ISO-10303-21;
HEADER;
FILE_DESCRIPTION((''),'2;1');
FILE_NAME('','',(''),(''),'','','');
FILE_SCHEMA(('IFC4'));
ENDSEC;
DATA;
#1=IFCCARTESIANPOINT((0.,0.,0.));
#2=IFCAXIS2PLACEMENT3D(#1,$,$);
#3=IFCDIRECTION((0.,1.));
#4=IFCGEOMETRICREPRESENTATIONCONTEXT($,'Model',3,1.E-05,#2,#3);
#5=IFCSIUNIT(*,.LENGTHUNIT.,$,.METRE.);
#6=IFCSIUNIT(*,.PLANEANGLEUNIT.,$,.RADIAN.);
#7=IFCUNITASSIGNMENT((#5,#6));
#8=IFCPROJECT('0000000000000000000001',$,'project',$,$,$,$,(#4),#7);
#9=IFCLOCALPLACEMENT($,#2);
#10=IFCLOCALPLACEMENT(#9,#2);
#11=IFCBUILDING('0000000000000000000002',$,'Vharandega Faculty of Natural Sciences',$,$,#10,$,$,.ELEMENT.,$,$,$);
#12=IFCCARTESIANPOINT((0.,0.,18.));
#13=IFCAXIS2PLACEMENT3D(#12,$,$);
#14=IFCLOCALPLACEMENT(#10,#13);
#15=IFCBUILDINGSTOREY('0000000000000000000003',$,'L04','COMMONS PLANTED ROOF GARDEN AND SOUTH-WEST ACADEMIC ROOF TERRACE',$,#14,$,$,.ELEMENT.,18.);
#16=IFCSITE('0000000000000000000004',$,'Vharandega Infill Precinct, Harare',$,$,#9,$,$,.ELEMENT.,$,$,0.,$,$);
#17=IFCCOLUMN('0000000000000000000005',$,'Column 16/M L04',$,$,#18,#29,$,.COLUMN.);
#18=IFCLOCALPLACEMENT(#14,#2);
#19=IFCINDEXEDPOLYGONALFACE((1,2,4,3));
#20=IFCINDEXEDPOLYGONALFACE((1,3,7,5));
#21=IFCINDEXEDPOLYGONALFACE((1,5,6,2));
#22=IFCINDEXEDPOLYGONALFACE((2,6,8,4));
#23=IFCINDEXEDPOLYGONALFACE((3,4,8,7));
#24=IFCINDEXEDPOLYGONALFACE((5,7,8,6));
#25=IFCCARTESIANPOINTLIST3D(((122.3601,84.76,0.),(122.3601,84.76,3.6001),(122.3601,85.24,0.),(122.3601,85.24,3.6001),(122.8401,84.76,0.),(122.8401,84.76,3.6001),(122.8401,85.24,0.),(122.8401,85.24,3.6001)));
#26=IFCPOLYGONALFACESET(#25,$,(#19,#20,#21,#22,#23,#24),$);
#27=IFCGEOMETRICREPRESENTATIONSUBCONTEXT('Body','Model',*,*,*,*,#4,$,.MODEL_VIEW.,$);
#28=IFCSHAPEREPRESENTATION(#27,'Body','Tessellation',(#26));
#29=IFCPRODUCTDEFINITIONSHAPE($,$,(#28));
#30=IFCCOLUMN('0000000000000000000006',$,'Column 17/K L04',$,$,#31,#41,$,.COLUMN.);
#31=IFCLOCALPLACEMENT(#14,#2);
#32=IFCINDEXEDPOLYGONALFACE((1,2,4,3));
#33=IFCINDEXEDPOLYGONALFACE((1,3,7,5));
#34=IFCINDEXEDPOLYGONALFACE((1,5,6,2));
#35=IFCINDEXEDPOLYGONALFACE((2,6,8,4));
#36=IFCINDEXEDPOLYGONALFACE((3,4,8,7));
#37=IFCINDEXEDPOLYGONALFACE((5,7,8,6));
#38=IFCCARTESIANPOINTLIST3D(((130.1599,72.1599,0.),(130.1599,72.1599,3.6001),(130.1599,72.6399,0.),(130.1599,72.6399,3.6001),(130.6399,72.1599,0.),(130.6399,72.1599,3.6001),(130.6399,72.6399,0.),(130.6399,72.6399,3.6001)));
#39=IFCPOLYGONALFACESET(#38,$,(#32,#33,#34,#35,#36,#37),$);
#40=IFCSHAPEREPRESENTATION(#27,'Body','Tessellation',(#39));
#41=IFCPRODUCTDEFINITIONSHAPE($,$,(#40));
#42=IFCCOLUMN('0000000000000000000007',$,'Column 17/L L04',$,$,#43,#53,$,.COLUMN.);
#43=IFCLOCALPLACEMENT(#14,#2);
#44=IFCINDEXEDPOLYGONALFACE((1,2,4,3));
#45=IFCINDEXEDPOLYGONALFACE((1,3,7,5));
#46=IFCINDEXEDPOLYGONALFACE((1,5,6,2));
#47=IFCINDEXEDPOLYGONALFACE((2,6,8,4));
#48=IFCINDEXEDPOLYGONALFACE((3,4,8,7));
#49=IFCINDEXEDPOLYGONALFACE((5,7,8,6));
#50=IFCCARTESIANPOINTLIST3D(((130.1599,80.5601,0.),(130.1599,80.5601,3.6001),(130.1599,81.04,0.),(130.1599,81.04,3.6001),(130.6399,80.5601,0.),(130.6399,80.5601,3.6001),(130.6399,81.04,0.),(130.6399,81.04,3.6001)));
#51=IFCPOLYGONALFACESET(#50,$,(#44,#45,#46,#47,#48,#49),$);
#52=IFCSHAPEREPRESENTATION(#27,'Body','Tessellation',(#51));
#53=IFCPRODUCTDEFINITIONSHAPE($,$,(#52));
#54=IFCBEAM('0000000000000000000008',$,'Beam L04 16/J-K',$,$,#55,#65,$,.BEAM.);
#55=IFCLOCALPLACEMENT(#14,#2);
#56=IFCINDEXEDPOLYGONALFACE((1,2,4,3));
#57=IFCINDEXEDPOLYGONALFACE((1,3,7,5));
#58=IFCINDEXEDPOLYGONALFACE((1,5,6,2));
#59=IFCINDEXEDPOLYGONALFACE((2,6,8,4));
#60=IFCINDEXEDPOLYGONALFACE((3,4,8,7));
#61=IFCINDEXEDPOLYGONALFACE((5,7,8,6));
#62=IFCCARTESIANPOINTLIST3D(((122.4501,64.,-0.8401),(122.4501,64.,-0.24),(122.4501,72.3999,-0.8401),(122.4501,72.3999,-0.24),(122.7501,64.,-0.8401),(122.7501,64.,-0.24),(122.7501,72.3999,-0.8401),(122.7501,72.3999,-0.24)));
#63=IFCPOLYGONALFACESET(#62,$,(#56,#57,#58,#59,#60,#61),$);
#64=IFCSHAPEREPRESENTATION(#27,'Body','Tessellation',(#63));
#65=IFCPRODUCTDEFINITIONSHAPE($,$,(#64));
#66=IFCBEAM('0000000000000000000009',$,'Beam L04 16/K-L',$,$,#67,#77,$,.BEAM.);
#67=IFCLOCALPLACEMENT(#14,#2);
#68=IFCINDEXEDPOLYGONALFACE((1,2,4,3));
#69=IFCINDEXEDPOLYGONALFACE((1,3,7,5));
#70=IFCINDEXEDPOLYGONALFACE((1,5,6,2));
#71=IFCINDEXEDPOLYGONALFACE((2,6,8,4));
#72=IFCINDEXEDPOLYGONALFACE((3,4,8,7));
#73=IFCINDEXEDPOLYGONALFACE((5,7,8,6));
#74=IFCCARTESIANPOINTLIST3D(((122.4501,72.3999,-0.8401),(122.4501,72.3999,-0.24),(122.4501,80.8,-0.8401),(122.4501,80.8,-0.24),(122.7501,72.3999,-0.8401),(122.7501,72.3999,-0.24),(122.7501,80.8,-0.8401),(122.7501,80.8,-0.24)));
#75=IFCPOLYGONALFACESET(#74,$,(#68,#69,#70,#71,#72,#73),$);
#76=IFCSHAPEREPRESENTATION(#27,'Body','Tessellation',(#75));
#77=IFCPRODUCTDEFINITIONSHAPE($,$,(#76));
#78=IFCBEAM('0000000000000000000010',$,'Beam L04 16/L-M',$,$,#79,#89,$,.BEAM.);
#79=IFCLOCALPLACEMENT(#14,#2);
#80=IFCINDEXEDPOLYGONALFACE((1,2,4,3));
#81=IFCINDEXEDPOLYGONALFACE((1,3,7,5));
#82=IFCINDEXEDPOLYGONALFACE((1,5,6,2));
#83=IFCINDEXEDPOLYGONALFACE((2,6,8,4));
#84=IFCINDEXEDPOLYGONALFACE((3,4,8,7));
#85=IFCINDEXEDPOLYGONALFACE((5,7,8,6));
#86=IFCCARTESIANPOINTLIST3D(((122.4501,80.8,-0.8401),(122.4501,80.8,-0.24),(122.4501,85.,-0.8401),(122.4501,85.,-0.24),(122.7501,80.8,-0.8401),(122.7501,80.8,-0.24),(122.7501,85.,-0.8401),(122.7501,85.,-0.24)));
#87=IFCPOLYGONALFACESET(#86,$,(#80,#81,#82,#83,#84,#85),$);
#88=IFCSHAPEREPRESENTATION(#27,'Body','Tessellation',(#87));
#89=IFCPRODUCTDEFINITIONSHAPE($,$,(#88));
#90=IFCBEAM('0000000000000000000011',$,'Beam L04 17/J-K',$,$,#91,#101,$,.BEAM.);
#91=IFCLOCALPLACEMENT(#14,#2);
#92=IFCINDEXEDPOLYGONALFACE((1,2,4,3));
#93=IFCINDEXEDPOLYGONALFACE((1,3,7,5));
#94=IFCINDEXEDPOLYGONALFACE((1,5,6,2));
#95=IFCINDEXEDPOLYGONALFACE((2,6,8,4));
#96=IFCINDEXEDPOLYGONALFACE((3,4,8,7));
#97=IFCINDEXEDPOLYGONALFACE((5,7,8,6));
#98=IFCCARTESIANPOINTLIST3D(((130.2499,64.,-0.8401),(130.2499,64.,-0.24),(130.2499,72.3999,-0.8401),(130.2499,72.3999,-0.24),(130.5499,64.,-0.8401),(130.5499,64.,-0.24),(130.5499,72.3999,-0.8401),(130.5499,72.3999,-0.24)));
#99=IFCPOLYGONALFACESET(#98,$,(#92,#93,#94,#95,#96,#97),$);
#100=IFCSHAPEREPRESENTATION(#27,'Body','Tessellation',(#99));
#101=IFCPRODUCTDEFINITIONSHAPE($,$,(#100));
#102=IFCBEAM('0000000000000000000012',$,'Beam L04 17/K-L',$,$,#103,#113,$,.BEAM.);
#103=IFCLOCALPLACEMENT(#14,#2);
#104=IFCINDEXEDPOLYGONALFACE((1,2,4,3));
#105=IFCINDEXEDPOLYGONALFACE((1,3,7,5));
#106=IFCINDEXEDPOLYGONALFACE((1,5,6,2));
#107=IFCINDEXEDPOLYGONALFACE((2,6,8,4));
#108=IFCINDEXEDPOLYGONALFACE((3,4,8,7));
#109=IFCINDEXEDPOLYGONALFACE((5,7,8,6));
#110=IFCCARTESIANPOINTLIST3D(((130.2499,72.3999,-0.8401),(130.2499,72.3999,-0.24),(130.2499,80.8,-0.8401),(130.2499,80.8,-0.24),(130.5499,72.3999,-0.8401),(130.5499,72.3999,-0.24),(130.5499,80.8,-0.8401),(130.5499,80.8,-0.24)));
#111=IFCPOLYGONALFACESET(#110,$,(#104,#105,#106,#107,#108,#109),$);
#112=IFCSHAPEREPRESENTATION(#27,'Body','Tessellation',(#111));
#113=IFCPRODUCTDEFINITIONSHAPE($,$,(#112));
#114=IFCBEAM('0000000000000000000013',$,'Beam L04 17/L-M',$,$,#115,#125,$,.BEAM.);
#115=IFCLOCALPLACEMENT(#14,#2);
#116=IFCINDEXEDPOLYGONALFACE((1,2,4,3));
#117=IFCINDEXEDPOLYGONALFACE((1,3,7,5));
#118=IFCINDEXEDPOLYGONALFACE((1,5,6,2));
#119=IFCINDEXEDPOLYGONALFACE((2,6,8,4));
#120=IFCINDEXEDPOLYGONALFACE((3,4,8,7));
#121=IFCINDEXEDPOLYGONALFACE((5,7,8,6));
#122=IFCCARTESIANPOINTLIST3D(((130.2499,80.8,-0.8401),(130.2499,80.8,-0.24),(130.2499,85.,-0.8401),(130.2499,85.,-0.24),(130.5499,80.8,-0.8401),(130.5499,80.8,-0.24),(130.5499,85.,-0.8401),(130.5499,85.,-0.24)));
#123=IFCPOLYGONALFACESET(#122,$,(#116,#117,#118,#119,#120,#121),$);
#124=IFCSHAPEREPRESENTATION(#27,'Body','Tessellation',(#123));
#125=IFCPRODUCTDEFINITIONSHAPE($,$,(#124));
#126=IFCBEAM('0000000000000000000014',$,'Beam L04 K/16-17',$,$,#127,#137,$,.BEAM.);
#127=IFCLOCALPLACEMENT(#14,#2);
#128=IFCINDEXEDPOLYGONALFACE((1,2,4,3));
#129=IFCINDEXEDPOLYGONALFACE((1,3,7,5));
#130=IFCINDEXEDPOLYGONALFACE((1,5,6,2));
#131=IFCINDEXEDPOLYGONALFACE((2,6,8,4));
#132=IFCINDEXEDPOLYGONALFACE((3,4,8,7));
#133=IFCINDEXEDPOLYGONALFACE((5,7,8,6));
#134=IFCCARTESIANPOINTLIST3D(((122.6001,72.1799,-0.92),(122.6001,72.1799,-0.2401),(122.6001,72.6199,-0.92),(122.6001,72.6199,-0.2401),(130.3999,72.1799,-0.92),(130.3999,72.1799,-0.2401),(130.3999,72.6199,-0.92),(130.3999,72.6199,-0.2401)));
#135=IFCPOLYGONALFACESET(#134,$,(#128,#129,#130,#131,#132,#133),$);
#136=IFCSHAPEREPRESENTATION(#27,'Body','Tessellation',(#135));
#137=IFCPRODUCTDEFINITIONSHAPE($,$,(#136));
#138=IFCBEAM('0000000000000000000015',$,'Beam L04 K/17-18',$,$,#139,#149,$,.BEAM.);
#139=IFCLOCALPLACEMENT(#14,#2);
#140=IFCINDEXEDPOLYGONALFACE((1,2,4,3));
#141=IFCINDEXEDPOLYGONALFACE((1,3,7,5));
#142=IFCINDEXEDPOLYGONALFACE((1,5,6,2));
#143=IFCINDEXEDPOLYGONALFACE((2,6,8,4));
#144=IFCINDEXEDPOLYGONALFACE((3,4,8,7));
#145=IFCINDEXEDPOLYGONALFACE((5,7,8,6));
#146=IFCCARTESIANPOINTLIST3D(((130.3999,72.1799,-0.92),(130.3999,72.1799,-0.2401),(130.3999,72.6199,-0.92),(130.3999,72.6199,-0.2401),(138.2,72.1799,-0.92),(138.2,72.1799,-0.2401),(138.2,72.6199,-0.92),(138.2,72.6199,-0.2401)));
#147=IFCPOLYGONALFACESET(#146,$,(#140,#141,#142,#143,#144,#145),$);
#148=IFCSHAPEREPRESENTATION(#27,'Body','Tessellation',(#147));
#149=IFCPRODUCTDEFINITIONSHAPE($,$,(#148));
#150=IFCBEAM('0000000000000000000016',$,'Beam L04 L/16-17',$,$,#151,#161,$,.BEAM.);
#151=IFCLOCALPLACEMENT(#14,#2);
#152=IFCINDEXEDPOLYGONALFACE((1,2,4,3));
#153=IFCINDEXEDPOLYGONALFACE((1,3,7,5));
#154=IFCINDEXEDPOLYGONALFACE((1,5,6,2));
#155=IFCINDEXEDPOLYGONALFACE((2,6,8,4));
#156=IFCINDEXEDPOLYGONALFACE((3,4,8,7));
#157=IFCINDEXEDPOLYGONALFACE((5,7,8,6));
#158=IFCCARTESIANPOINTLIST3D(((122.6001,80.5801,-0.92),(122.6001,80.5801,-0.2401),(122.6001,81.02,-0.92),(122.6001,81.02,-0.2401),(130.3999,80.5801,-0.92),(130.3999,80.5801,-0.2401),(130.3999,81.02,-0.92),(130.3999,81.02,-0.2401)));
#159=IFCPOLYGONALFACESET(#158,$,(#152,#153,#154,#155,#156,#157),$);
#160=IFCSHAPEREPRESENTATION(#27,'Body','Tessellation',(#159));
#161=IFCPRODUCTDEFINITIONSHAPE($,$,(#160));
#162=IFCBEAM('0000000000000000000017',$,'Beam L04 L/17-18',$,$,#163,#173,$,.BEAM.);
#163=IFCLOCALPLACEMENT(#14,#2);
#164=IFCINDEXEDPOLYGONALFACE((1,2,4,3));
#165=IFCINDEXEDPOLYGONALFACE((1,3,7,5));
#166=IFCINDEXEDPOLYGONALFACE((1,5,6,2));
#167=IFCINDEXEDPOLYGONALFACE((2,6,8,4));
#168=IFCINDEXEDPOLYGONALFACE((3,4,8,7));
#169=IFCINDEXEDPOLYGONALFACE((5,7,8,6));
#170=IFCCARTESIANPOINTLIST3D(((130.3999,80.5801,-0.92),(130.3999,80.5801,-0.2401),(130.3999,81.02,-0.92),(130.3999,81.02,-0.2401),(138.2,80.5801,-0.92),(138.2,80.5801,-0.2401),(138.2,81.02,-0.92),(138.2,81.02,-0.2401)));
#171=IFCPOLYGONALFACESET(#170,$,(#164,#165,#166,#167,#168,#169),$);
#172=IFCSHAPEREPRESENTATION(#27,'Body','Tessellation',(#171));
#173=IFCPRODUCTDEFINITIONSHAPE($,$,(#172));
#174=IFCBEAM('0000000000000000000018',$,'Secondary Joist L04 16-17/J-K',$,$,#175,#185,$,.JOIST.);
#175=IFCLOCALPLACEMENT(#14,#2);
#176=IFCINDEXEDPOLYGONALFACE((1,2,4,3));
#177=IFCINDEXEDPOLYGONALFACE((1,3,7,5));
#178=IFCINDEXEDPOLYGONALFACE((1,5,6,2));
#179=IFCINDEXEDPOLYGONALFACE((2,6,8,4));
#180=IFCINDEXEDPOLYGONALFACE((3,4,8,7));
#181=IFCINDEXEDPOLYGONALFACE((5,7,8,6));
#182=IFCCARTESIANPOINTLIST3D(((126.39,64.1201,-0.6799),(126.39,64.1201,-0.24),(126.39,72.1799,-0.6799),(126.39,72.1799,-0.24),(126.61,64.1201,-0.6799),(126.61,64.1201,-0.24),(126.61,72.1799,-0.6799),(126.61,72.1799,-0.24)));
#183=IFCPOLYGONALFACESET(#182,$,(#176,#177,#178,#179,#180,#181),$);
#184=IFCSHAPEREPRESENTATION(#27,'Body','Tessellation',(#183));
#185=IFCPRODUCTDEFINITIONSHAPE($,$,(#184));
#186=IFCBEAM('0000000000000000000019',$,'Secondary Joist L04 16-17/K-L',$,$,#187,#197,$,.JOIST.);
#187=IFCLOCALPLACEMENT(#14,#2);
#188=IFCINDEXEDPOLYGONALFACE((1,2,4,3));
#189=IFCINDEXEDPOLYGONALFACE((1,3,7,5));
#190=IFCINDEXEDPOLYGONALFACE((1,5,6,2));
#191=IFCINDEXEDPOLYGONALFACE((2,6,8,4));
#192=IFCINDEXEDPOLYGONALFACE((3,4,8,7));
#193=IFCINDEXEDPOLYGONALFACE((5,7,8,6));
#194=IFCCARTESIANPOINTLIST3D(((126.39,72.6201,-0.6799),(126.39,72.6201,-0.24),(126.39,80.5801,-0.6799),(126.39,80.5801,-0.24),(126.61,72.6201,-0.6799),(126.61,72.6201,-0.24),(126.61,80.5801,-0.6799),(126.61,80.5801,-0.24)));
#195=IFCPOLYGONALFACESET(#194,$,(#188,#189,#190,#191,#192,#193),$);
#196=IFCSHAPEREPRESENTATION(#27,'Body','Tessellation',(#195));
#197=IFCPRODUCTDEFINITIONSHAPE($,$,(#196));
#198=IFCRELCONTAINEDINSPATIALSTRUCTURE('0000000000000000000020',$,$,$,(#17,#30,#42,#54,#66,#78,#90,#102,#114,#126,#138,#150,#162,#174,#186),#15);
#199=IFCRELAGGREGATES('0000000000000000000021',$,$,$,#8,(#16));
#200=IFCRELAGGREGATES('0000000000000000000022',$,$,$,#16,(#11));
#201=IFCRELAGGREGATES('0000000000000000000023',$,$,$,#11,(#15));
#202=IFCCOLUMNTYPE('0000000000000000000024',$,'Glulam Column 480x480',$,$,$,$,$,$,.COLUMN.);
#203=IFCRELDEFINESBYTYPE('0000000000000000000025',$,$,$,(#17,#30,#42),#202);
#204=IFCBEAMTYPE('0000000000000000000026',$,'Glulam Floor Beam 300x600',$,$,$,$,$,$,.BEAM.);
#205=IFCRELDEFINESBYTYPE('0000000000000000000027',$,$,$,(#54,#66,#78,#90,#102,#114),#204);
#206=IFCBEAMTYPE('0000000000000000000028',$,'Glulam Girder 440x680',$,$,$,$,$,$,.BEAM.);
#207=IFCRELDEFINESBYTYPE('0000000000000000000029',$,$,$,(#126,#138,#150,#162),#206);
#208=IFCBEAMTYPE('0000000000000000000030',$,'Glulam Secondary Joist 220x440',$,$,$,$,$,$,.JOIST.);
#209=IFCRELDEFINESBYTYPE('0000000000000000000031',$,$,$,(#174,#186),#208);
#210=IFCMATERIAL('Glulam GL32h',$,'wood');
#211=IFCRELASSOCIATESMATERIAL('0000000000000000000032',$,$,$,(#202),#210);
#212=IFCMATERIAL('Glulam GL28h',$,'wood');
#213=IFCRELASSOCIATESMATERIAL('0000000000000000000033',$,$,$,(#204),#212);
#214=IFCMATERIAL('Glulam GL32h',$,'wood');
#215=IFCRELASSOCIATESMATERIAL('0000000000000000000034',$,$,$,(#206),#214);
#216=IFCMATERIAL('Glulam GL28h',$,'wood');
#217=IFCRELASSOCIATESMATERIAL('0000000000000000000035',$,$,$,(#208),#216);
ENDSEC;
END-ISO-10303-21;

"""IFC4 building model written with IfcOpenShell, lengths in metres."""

from ifc_helpers import new_model, si_unit, direction, frame, origin, origin_2d, place, context, subcontext, project, spatial, rectangle, extrude, material, material_profile, profile_set, type_object, element, save


model = new_model("IFC4")

# Units and contexts
model_context = context("Model", 3, precision=1e-05, world=origin(), true_north=direction((0.0, 1.0)))
body_context = subcontext(model_context, "Body", "Model", "MODEL_VIEW")
ifc_project = project(units=[si_unit("LENGTHUNIT", "METRE"), si_unit("PLANEANGLEUNIT", "RADIAN")], contexts=[model_context])

# Site, building, storey
site_placement = place(None, origin())
site = spatial("IfcSite", under=ifc_project, at=site_placement, Name="Vharandega Infill Precinct, Harare", CompositionType="ELEMENT", RefElevation=0.0)
building_placement = place(site_placement, origin())
building = spatial("IfcBuilding", under=site, at=building_placement, Name="Vharandega Faculty of Natural Sciences", CompositionType="ELEMENT")
storey_placement = place(building_placement, frame((0.0, 0.0, 18.0)))
storey = spatial("IfcBuildingStorey", under=building, at=storey_placement, Name="L04", Description="COMMONS PLANTED ROOF GARDEN AND SOUTH-WEST ACADEMIC ROOF TERRACE", CompositionType="ELEMENT", Elevation=18.0)

# Columns
ifc_material_1 = material(Name="Glulam GL32h", Category="wood")
ifc_material_profile_1 = material_profile(ifc_material_1, rectangle(XDim=0.48, YDim=0.48, at=origin_2d()), Name="GL32h 480x480")
ifc_profile_set_1 = profile_set([ifc_material_profile_1], Name="Glulam GL32h")
column_type = type_object("IfcColumnType", Name="Glulam Column 480x480", PredefinedType="COLUMN", material=ifc_profile_set_1)
for number, where, z_axis, x_axis, name in (
    (1, (122.6001, 85.0, 0.0), (0.0, 0.0, 1.0), (1.0, 0.0, 0.0), "Column 16/M L04"),
    (2, (130.3999, 72.3999, 0.0), (0.0, 0.0, 1.0), (1.0, 0.0, 0.0), "Column 17/K L04"),
    (3, (130.3999, 80.8, 0.0), (0.0, 0.0, 1.0), (1.0, 0.0, 0.0), "Column 17/L L04"),
):
    element("IfcColumn", number, at=place(storey_placement, frame(where, z_axis=z_axis, x_axis=x_axis)), inside=storey, type_object=column_type, Name=name, PredefinedType="COLUMN", context=body_context, shape_type="SweptSolid", body=[
        extrude(rectangle(XDim=0.48, YDim=0.48, at=origin_2d()), origin(), (0.0, 0.0, 1.0), 3.6001),
    ])

# Beams
ifc_material_2 = material(Name="Glulam GL28h", Category="wood")
ifc_material_profile_2 = material_profile(ifc_material_2, rectangle(XDim=0.3, YDim=0.6001, at=origin_2d()), Name="GL28h 300x600")
ifc_profile_set_2 = profile_set([ifc_material_profile_2], Name="Glulam GL28h")
beam_type_1 = type_object("IfcBeamType", Name="Glulam Floor Beam 300x600", PredefinedType="BEAM", material=ifc_profile_set_2)
beam_1_placement = place(storey_placement, frame((122.6001, 64.0, -0.54), z_axis=(0.0, 1.0, 0.0), x_axis=(-1.0, 0.0, 0.0)))
element("IfcBeam", 4, at=beam_1_placement, inside=storey, type_object=beam_type_1, Name="Beam L04 16/J-K", PredefinedType="BEAM", context=body_context, shape_type="SweptSolid", body=[
    extrude(rectangle(XDim=0.3, YDim=0.6001, at=origin_2d()), origin(), (0.0, 0.0, 1.0), 8.3999),
])
beam_2_placement = place(storey_placement, frame((122.6001, 72.3999, -0.54), z_axis=(0.0, 1.0, 0.0), x_axis=(-1.0, 0.0, 0.0)))
element("IfcBeam", 5, at=beam_2_placement, inside=storey, type_object=beam_type_1, Name="Beam L04 16/K-L", PredefinedType="BEAM", context=body_context, shape_type="SweptSolid", body=[
    extrude(rectangle(XDim=0.3, YDim=0.6001, at=origin_2d()), origin(), (0.0, 0.0, 1.0), 8.4001),
])
beam_3_placement = place(storey_placement, frame((122.6001, 80.8, -0.54), z_axis=(0.0, 1.0, 0.0), x_axis=(-1.0, 0.0, 0.0)))
element("IfcBeam", 6, at=beam_3_placement, inside=storey, type_object=beam_type_1, Name="Beam L04 16/L-M", PredefinedType="BEAM", context=body_context, shape_type="SweptSolid", body=[
    extrude(rectangle(XDim=0.3, YDim=0.6001, at=origin_2d()), origin(), (0.0, 0.0, 1.0), 4.2),
])
beam_4_placement = place(storey_placement, frame((130.3999, 64.0, -0.54), z_axis=(0.0, 1.0, 0.0), x_axis=(-1.0, 0.0, 0.0)))
element("IfcBeam", 7, at=beam_4_placement, inside=storey, type_object=beam_type_1, Name="Beam L04 17/J-K", PredefinedType="BEAM", context=body_context, shape_type="SweptSolid", body=[
    extrude(rectangle(XDim=0.3, YDim=0.6001, at=origin_2d()), origin(), (0.0, 0.0, 1.0), 8.3999),
])
beam_5_placement = place(storey_placement, frame((130.3999, 72.3999, -0.54), z_axis=(0.0, 1.0, 0.0), x_axis=(-1.0, 0.0, 0.0)))
element("IfcBeam", 8, at=beam_5_placement, inside=storey, type_object=beam_type_1, Name="Beam L04 17/K-L", PredefinedType="BEAM", context=body_context, shape_type="SweptSolid", body=[
    extrude(rectangle(XDim=0.3, YDim=0.6001, at=origin_2d()), origin(), (0.0, 0.0, 1.0), 8.4001),
])
beam_6_placement = place(storey_placement, frame((130.3999, 80.8, -0.54), z_axis=(0.0, 1.0, 0.0), x_axis=(-1.0, 0.0, 0.0)))
element("IfcBeam", 9, at=beam_6_placement, inside=storey, type_object=beam_type_1, Name="Beam L04 17/L-M", PredefinedType="BEAM", context=body_context, shape_type="SweptSolid", body=[
    extrude(rectangle(XDim=0.3, YDim=0.6001, at=origin_2d()), origin(), (0.0, 0.0, 1.0), 4.2),
])
ifc_material_3 = material(Name="Glulam GL32h", Category="wood")
ifc_material_profile_3 = material_profile(ifc_material_3, rectangle(XDim=0.4399, YDim=0.6799, at=origin_2d()), Name="GL32h 440x680")
ifc_profile_set_3 = profile_set([ifc_material_profile_3], Name="Glulam GL32h")
beam_type_2 = type_object("IfcBeamType", Name="Glulam Girder 440x680", PredefinedType="BEAM", material=ifc_profile_set_3)
beam_7_placement = place(storey_placement, frame((122.6001, 72.3999, -0.5801), z_axis=(1.0, 0.0, 0.0), x_axis=(0.0, 1.0, 0.0)))
element("IfcBeam", 10, at=beam_7_placement, inside=storey, type_object=beam_type_2, Name="Beam L04 K/16-17", PredefinedType="BEAM", context=body_context, shape_type="SweptSolid", body=[
    extrude(rectangle(XDim=0.4399, YDim=0.6799, at=origin_2d()), origin(), (0.0, 0.0, 1.0), 7.7998),
])
beam_8_placement = place(storey_placement, frame((130.3999, 72.3999, -0.5801), z_axis=(1.0, 0.0, 0.0), x_axis=(0.0, 1.0, 0.0)))
element("IfcBeam", 11, at=beam_8_placement, inside=storey, type_object=beam_type_2, Name="Beam L04 K/17-18", PredefinedType="BEAM", context=body_context, shape_type="SweptSolid", body=[
    extrude(rectangle(XDim=0.4399, YDim=0.6799, at=origin_2d()), origin(), (0.0, 0.0, 1.0), 7.8),
])
beam_9_placement = place(storey_placement, frame((122.6001, 80.8, -0.5801), z_axis=(1.0, 0.0, 0.0), x_axis=(0.0, 1.0, 0.0)))
element("IfcBeam", 12, at=beam_9_placement, inside=storey, type_object=beam_type_2, Name="Beam L04 L/16-17", PredefinedType="BEAM", context=body_context, shape_type="SweptSolid", body=[
    extrude(rectangle(XDim=0.4399, YDim=0.6799, at=origin_2d()), origin(), (0.0, 0.0, 1.0), 7.7998),
])
beam_10_placement = place(storey_placement, frame((130.3999, 80.8, -0.5801), z_axis=(1.0, 0.0, 0.0), x_axis=(0.0, 1.0, 0.0)))
element("IfcBeam", 13, at=beam_10_placement, inside=storey, type_object=beam_type_2, Name="Beam L04 L/17-18", PredefinedType="BEAM", context=body_context, shape_type="SweptSolid", body=[
    extrude(rectangle(XDim=0.4399, YDim=0.6799, at=origin_2d()), origin(), (0.0, 0.0, 1.0), 7.8),
])
ifc_material_4 = material(Name="Glulam GL28h", Category="wood")
ifc_material_profile_4 = material_profile(ifc_material_4, rectangle(XDim=0.22, YDim=0.4399, at=origin_2d()), Name="GL28h 220x440")
ifc_profile_set_4 = profile_set([ifc_material_profile_4], Name="Glulam GL28h")
beam_type_3 = type_object("IfcBeamType", Name="Glulam Secondary Joist 220x440", PredefinedType="JOIST", material=ifc_profile_set_4)
beam_11_placement = place(storey_placement, frame((126.5, 64.1201, -0.46), z_axis=(0.0, 1.0, 0.0), x_axis=(-1.0, 0.0, 0.0)))
element("IfcBeam", 14, at=beam_11_placement, inside=storey, type_object=beam_type_3, Name="Secondary Joist L04 16-17/J-K", PredefinedType="JOIST", context=body_context, shape_type="SweptSolid", body=[
    extrude(rectangle(XDim=0.22, YDim=0.4399, at=origin_2d()), origin(), (0.0, 0.0, 1.0), 8.0598),
])
beam_12_placement = place(storey_placement, frame((126.5, 72.6201, -0.46), z_axis=(0.0, 1.0, 0.0), x_axis=(-1.0, 0.0, 0.0)))
element("IfcBeam", 15, at=beam_12_placement, inside=storey, type_object=beam_type_3, Name="Secondary Joist L04 16-17/K-L", PredefinedType="JOIST", context=body_context, shape_type="SweptSolid", body=[
    extrude(rectangle(XDim=0.22, YDim=0.4399, at=origin_2d()), origin(), (0.0, 0.0, 1.0), 7.96),
])

save(model, "model.ifc")
